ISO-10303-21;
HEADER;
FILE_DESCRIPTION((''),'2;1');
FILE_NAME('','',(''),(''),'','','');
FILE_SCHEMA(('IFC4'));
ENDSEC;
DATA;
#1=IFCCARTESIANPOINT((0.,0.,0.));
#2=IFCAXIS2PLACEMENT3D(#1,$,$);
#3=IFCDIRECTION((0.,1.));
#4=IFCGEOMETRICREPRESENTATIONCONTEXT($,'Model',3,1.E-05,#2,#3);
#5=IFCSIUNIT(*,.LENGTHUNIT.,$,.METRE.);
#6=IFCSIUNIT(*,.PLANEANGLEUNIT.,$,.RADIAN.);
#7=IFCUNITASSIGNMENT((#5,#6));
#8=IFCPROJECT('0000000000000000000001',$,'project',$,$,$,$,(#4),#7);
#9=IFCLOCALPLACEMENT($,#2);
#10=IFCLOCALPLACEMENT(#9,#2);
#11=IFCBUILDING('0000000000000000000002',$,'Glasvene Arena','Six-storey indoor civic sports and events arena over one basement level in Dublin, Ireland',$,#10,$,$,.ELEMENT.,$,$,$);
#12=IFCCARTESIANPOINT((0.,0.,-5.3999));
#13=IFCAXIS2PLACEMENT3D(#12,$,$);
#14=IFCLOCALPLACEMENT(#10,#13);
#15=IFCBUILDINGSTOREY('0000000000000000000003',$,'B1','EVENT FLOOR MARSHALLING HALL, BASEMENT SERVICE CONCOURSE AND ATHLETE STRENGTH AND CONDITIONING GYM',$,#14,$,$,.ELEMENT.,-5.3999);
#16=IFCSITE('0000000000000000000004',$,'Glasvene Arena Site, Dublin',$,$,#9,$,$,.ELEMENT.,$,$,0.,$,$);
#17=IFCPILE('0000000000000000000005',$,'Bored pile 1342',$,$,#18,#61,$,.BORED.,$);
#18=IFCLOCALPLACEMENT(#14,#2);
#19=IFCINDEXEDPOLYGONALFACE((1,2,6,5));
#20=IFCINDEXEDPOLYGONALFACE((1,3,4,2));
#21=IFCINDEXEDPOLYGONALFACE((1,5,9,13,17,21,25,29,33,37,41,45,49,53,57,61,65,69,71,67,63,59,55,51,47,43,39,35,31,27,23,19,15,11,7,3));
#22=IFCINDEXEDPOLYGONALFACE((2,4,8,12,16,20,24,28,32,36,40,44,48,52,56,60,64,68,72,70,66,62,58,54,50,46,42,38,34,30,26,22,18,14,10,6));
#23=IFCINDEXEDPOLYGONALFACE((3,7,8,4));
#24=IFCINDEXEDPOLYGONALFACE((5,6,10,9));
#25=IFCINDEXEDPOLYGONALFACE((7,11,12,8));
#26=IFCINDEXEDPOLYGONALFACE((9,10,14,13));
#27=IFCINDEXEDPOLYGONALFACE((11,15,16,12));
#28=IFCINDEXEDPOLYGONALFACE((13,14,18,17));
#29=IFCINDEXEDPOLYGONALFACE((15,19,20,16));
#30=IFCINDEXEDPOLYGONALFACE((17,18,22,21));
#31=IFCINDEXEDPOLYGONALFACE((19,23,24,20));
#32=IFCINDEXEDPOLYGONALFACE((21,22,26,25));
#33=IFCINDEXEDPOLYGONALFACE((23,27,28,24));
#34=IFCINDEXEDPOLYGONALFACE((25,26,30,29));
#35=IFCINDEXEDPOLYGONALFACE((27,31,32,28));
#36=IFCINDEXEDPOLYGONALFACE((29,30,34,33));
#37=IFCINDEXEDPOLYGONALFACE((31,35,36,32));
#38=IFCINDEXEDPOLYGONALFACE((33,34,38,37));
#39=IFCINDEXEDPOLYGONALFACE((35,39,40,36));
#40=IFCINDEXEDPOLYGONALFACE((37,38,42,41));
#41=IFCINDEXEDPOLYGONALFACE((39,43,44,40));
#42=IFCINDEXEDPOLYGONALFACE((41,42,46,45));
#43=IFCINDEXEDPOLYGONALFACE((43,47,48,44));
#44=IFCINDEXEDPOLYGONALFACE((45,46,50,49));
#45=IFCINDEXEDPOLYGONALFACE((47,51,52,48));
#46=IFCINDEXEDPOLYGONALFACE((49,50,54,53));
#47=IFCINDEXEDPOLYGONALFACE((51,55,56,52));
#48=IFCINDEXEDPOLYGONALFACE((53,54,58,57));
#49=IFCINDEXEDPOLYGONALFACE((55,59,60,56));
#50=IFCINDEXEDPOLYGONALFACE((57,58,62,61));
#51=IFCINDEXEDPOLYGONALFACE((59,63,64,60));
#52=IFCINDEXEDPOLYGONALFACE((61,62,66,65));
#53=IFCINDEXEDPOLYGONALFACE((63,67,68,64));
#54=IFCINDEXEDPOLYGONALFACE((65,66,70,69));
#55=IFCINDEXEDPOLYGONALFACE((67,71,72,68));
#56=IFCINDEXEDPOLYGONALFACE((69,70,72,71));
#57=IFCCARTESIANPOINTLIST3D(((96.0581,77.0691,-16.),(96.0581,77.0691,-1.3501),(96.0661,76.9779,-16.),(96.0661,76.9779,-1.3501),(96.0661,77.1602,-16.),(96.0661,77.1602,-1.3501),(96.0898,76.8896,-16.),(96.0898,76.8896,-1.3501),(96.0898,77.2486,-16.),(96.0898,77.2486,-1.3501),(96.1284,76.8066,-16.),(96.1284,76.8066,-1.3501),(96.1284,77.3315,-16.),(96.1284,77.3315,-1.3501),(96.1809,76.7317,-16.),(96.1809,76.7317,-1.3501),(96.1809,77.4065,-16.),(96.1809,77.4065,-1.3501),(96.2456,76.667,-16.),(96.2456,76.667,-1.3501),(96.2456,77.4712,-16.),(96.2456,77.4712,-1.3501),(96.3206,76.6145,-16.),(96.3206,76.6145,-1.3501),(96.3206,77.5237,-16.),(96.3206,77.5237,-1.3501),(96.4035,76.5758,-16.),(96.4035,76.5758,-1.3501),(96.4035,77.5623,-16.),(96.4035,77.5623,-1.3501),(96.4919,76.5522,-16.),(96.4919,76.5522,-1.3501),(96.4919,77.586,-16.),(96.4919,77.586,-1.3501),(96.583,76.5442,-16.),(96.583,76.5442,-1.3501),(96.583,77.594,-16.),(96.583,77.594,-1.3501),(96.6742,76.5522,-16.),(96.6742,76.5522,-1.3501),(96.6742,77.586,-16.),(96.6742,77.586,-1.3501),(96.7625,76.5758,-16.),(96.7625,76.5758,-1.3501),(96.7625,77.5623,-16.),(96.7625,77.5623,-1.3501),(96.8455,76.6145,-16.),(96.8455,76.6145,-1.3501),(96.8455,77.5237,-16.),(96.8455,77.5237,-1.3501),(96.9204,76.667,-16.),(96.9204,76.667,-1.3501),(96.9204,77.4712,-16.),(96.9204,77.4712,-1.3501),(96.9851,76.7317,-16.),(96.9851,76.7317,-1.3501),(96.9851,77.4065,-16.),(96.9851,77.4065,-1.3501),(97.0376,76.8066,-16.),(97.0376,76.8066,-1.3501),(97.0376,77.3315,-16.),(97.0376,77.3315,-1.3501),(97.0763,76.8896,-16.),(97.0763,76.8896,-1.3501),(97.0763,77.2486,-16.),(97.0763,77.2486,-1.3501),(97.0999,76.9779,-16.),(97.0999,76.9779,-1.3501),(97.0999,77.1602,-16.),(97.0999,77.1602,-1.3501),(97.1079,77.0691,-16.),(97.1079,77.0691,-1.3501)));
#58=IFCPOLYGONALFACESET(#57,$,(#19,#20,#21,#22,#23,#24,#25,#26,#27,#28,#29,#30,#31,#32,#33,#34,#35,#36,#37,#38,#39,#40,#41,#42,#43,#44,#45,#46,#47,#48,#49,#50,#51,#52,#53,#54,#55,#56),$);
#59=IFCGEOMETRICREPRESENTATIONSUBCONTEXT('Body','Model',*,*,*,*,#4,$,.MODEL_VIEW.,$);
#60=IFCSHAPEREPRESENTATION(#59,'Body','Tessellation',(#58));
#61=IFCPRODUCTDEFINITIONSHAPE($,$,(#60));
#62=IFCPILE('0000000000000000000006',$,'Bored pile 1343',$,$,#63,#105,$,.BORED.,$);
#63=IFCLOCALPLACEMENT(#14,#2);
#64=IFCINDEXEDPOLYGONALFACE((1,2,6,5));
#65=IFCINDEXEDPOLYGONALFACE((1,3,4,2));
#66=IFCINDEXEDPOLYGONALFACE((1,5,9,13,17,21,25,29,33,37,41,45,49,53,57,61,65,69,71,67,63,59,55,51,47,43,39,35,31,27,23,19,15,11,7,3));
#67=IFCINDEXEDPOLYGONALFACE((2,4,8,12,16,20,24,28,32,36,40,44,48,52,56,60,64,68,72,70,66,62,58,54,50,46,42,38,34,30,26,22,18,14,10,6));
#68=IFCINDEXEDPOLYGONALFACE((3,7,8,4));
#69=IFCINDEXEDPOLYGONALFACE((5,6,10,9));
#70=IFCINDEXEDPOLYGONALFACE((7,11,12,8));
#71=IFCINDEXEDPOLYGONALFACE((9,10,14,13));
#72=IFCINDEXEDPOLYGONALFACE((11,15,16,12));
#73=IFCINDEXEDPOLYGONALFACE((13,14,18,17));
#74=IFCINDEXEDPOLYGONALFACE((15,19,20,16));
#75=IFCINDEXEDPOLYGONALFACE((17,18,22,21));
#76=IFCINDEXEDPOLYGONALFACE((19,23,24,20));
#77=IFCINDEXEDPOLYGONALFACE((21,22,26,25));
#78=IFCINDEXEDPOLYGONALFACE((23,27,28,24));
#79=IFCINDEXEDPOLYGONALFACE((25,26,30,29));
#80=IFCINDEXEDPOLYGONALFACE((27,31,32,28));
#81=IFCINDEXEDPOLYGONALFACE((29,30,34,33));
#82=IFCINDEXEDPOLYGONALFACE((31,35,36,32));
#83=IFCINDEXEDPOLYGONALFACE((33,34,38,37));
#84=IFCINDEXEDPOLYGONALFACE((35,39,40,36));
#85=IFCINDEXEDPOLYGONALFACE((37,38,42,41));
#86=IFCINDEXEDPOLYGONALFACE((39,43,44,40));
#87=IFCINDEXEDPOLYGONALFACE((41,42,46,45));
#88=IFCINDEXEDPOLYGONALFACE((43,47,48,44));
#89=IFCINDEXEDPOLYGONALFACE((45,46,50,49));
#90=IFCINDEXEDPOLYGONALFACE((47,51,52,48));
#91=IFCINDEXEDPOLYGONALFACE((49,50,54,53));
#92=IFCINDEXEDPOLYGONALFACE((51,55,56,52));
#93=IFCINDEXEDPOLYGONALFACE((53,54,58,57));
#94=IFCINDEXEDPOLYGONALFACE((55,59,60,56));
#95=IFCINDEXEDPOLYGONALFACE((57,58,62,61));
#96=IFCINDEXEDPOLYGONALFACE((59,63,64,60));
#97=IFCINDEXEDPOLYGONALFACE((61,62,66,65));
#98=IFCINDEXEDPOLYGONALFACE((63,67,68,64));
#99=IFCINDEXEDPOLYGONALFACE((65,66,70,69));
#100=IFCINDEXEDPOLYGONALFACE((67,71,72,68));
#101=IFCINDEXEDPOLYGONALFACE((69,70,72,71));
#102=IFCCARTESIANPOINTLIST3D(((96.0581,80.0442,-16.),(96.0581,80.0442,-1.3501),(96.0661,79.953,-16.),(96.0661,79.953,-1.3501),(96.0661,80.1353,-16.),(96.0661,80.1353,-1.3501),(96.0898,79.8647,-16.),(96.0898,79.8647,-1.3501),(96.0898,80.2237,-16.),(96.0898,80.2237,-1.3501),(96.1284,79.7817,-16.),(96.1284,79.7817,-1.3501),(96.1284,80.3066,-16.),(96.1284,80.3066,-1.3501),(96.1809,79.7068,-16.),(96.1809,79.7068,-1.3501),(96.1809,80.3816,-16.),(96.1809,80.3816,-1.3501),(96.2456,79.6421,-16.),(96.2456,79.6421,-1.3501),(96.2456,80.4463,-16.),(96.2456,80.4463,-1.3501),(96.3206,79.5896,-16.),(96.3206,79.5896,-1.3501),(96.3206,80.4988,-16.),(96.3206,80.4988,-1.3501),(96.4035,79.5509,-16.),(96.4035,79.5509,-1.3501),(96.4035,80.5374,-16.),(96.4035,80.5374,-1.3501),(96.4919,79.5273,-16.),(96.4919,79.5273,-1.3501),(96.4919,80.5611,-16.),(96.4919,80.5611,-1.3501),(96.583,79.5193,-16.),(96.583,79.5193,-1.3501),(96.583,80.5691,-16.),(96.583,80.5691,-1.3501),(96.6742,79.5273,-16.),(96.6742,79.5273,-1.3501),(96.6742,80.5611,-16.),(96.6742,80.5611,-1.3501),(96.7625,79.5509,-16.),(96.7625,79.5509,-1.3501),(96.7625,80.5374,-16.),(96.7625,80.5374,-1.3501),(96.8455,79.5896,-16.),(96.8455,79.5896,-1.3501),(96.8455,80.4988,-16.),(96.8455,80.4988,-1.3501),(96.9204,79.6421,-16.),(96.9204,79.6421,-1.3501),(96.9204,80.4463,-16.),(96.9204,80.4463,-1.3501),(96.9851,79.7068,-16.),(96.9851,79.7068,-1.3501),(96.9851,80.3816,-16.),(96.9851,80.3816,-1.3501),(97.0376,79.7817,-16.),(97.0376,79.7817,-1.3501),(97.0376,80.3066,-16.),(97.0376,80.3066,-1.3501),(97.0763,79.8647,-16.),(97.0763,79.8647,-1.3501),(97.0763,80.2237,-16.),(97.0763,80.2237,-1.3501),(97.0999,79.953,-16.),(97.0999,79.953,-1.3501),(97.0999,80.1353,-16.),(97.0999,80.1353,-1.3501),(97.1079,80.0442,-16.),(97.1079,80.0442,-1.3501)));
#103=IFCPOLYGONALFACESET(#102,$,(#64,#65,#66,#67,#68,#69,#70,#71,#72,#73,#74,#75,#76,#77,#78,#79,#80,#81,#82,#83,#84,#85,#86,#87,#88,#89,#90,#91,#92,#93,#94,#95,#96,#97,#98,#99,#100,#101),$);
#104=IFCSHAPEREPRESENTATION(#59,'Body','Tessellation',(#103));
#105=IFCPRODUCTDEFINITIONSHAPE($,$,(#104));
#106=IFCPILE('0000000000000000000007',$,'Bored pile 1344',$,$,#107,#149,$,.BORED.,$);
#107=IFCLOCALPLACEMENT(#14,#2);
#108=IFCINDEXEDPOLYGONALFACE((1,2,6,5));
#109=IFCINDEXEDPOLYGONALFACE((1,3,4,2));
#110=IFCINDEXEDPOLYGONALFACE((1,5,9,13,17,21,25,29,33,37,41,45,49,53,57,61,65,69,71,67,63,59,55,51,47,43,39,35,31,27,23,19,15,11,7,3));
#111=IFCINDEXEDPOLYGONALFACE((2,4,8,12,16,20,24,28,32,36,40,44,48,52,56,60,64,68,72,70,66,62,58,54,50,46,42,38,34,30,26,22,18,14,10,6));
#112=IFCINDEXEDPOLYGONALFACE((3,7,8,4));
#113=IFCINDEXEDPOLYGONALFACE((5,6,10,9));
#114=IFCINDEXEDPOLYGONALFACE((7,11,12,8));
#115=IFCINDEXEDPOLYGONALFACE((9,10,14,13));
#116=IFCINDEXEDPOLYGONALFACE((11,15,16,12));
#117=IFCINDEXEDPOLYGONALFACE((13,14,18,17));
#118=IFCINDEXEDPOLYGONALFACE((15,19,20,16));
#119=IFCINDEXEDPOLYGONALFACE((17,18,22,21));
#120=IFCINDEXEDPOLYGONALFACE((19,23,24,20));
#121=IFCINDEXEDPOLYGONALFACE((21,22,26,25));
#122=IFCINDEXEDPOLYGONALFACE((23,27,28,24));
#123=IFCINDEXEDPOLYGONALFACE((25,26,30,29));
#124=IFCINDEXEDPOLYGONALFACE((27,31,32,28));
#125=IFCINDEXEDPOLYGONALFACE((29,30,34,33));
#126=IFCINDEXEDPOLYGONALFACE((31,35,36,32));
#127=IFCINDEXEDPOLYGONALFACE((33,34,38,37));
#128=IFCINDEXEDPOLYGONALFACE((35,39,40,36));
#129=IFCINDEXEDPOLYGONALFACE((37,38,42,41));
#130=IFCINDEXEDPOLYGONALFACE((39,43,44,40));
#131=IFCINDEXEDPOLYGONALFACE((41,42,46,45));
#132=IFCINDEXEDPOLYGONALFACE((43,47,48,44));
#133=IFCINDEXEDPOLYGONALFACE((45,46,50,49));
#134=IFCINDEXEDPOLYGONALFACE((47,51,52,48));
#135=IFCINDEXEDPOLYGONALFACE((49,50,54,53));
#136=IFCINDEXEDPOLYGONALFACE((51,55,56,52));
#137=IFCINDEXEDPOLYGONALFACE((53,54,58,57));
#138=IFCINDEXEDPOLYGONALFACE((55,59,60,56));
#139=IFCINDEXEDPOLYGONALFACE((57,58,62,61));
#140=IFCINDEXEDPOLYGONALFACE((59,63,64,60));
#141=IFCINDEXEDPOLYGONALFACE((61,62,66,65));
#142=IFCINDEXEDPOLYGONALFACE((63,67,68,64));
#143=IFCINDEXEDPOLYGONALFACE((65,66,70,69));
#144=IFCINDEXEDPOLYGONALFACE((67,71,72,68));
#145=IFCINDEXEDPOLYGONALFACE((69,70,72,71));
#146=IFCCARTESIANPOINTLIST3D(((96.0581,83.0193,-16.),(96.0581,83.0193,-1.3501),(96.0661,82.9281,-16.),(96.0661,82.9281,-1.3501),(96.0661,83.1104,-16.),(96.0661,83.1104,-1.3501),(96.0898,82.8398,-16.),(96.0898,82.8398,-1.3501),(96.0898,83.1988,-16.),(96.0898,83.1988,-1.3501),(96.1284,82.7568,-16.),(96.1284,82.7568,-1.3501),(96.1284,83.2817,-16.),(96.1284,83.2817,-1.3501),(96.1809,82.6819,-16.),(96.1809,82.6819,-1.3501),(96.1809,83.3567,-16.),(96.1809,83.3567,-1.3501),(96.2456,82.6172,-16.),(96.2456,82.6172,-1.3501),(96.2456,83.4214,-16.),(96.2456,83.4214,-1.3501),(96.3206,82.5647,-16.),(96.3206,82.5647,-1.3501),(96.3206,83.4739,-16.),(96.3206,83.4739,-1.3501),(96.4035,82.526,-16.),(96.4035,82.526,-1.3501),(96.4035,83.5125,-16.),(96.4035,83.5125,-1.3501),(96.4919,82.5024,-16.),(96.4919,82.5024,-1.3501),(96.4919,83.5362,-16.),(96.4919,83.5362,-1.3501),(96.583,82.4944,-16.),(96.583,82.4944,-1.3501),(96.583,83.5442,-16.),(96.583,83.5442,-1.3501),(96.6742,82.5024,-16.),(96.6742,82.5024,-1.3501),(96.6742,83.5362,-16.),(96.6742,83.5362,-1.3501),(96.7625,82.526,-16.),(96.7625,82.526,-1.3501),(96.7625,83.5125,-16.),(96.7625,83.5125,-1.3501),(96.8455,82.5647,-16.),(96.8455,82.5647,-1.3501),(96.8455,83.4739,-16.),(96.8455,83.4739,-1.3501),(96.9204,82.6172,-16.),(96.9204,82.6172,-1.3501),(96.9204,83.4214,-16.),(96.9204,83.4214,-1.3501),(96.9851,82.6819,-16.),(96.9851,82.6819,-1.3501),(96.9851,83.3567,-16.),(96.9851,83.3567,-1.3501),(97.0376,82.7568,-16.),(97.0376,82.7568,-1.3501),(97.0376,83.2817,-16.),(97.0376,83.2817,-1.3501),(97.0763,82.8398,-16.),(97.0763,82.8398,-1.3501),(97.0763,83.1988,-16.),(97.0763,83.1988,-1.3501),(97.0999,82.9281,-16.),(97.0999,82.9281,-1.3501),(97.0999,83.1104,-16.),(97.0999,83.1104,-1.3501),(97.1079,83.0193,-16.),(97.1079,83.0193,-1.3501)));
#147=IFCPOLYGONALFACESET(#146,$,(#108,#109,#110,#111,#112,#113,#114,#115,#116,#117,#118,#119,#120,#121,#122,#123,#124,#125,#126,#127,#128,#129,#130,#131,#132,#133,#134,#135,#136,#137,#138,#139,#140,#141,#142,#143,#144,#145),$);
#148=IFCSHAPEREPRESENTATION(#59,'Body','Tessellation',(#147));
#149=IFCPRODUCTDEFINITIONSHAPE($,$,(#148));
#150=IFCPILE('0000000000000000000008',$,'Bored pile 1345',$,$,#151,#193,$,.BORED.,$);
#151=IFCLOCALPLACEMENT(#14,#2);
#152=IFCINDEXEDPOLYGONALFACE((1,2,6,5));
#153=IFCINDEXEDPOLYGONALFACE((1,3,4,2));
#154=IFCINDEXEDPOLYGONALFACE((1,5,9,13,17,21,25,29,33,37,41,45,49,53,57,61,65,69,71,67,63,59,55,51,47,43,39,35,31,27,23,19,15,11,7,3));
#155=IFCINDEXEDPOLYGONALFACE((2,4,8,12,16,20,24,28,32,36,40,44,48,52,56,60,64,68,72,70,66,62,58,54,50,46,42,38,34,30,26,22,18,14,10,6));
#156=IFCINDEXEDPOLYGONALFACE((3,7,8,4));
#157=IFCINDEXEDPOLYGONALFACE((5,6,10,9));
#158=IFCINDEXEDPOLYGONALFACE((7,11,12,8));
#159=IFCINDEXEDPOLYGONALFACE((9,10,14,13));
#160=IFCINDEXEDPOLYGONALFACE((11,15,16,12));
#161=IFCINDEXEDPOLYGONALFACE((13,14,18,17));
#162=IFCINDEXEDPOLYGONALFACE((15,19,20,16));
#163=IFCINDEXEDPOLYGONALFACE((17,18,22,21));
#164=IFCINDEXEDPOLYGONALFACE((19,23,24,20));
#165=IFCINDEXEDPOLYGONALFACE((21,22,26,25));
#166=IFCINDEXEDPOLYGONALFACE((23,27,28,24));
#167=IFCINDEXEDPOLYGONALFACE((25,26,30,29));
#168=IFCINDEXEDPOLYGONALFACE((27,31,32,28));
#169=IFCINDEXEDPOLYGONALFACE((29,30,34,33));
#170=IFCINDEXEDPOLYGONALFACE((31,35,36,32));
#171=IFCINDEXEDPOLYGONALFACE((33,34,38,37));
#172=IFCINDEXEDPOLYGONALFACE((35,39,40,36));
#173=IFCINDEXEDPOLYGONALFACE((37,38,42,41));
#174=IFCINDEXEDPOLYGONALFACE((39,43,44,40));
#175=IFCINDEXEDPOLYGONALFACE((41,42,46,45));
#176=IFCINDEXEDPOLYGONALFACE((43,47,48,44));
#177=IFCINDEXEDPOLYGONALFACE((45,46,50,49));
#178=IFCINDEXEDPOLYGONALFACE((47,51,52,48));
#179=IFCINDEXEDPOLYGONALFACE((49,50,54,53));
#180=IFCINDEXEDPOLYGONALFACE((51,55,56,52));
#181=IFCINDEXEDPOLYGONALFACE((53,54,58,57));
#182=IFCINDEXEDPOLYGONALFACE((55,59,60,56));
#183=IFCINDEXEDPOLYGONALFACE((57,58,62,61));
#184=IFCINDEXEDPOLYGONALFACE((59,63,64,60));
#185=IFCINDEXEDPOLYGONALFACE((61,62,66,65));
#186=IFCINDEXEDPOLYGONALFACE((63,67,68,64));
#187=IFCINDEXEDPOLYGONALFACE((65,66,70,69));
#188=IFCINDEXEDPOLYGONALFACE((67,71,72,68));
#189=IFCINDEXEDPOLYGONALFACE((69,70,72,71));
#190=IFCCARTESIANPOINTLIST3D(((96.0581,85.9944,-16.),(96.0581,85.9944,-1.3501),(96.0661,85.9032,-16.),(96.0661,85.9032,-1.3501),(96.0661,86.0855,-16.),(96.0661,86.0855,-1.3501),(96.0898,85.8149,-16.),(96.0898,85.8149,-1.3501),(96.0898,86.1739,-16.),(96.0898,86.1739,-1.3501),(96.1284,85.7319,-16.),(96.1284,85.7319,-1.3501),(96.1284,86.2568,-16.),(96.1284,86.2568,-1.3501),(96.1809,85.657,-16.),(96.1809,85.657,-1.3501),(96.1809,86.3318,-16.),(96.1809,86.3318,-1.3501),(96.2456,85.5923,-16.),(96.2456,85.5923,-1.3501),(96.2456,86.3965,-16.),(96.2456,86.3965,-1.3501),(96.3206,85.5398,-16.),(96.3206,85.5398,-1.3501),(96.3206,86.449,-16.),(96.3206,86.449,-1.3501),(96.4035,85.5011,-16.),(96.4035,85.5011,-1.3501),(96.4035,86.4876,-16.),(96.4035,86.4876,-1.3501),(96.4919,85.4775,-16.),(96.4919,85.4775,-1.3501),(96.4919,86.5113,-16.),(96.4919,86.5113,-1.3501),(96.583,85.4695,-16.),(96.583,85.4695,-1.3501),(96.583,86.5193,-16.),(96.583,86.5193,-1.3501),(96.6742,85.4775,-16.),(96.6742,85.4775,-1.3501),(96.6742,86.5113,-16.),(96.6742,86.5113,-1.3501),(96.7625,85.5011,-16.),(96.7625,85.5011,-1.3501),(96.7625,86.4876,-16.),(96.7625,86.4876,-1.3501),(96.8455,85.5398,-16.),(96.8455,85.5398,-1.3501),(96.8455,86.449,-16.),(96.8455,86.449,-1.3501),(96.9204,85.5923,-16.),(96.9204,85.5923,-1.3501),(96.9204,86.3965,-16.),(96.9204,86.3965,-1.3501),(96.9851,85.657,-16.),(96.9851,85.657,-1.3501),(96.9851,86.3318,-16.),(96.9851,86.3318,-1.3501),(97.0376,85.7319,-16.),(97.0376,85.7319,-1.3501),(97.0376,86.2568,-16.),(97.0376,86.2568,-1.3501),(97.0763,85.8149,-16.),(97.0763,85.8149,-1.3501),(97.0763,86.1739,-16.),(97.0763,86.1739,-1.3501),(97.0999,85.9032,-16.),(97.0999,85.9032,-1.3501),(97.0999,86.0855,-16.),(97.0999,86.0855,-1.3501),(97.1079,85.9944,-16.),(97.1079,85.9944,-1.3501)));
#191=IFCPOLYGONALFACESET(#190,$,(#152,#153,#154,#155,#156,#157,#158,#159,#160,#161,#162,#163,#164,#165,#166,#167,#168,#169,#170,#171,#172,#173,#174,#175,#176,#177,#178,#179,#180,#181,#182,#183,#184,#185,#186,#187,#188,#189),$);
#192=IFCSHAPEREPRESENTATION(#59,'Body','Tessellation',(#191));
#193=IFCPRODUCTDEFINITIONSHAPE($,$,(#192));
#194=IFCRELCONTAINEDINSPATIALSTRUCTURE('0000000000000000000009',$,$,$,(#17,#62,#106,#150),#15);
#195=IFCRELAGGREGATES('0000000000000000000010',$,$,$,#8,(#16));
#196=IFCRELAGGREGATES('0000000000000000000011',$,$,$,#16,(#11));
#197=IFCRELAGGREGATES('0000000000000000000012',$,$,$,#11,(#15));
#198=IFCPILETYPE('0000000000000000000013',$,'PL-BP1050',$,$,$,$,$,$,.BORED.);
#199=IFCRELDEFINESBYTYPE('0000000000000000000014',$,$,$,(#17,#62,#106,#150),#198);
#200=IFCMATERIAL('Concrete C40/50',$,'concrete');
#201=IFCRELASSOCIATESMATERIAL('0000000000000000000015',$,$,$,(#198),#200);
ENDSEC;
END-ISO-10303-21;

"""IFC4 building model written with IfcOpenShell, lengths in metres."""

from ifc_helpers import new_model, si_unit, direction, frame, origin, origin_2d, place, context, subcontext, project, spatial, circle, extrude, material, material_profile, profile_set, type_object, element, save


model = new_model("IFC4")

# Units and contexts
model_context = context("Model", 3, precision=1e-05, world=origin(), true_north=direction((0.0, 1.0)))
body_context = subcontext(model_context, "Body", "Model", "MODEL_VIEW")
ifc_project = project(units=[si_unit("LENGTHUNIT", "METRE"), si_unit("PLANEANGLEUNIT", "RADIAN")], contexts=[model_context])

# Site, building, storey
site_placement = place(None, origin())
site = spatial("IfcSite", under=ifc_project, at=site_placement, Name="Glasvene Arena Site, Dublin", CompositionType="ELEMENT", RefElevation=0.0)
building_placement = place(site_placement, origin())
building = spatial("IfcBuilding", under=site, at=building_placement, Name="Glasvene Arena", Description="Six-storey indoor civic sports and events arena over one basement level in Dublin, Ireland", CompositionType="ELEMENT")
storey_placement = place(building_placement, frame((0.0, 0.0, -5.3999)))
storey = spatial("IfcBuildingStorey", under=building, at=storey_placement, Name="B1", Description="EVENT FLOOR MARSHALLING HALL, BASEMENT SERVICE CONCOURSE AND ATHLETE STRENGTH AND CONDITIONING GYM", CompositionType="ELEMENT", Elevation=-5.3999)

# Shared definitions
ifc_material = material(Name="Concrete C40/50", Category="concrete")

# Piles
ifc_material_profile = material_profile(ifc_material, circle(Radius=0.5249, at=origin_2d()), Name="BORED PILE 1050")
ifc_profile_set = profile_set([ifc_material_profile], Name="Concrete C40/50")
pile_type = type_object("IfcPileType", Name="PL-BP1050", PredefinedType="BORED", material=ifc_profile_set)
for number, where, z_axis, x_axis, name in (
    (1, (96.583, 77.0691, -1.3501), (0.0, 0.0, -1.0), (1.0, 0.0, 0.0), "Bored pile 1342"),
    (2, (96.583, 80.0442, -1.3501), (0.0, 0.0, -1.0), (1.0, 0.0, 0.0), "Bored pile 1343"),
    (3, (96.583, 83.0193, -1.3501), (0.0, 0.0, -1.0), (1.0, 0.0, 0.0), "Bored pile 1344"),
    (4, (96.583, 85.9944, -1.3501), (0.0, 0.0, -1.0), (1.0, 0.0, 0.0), "Bored pile 1345"),
):
    element("IfcPile", number, at=place(storey_placement, frame(where, z_axis=z_axis, x_axis=x_axis)), inside=storey, type_object=pile_type, Name=name, PredefinedType="BORED", context=body_context, shape_type="SweptSolid", body=[
        extrude(circle(Radius=0.5249, at=origin_2d()), origin(), (0.0, 0.0, 1.0), 14.6499),
    ])

save(model, "model.ifc")
